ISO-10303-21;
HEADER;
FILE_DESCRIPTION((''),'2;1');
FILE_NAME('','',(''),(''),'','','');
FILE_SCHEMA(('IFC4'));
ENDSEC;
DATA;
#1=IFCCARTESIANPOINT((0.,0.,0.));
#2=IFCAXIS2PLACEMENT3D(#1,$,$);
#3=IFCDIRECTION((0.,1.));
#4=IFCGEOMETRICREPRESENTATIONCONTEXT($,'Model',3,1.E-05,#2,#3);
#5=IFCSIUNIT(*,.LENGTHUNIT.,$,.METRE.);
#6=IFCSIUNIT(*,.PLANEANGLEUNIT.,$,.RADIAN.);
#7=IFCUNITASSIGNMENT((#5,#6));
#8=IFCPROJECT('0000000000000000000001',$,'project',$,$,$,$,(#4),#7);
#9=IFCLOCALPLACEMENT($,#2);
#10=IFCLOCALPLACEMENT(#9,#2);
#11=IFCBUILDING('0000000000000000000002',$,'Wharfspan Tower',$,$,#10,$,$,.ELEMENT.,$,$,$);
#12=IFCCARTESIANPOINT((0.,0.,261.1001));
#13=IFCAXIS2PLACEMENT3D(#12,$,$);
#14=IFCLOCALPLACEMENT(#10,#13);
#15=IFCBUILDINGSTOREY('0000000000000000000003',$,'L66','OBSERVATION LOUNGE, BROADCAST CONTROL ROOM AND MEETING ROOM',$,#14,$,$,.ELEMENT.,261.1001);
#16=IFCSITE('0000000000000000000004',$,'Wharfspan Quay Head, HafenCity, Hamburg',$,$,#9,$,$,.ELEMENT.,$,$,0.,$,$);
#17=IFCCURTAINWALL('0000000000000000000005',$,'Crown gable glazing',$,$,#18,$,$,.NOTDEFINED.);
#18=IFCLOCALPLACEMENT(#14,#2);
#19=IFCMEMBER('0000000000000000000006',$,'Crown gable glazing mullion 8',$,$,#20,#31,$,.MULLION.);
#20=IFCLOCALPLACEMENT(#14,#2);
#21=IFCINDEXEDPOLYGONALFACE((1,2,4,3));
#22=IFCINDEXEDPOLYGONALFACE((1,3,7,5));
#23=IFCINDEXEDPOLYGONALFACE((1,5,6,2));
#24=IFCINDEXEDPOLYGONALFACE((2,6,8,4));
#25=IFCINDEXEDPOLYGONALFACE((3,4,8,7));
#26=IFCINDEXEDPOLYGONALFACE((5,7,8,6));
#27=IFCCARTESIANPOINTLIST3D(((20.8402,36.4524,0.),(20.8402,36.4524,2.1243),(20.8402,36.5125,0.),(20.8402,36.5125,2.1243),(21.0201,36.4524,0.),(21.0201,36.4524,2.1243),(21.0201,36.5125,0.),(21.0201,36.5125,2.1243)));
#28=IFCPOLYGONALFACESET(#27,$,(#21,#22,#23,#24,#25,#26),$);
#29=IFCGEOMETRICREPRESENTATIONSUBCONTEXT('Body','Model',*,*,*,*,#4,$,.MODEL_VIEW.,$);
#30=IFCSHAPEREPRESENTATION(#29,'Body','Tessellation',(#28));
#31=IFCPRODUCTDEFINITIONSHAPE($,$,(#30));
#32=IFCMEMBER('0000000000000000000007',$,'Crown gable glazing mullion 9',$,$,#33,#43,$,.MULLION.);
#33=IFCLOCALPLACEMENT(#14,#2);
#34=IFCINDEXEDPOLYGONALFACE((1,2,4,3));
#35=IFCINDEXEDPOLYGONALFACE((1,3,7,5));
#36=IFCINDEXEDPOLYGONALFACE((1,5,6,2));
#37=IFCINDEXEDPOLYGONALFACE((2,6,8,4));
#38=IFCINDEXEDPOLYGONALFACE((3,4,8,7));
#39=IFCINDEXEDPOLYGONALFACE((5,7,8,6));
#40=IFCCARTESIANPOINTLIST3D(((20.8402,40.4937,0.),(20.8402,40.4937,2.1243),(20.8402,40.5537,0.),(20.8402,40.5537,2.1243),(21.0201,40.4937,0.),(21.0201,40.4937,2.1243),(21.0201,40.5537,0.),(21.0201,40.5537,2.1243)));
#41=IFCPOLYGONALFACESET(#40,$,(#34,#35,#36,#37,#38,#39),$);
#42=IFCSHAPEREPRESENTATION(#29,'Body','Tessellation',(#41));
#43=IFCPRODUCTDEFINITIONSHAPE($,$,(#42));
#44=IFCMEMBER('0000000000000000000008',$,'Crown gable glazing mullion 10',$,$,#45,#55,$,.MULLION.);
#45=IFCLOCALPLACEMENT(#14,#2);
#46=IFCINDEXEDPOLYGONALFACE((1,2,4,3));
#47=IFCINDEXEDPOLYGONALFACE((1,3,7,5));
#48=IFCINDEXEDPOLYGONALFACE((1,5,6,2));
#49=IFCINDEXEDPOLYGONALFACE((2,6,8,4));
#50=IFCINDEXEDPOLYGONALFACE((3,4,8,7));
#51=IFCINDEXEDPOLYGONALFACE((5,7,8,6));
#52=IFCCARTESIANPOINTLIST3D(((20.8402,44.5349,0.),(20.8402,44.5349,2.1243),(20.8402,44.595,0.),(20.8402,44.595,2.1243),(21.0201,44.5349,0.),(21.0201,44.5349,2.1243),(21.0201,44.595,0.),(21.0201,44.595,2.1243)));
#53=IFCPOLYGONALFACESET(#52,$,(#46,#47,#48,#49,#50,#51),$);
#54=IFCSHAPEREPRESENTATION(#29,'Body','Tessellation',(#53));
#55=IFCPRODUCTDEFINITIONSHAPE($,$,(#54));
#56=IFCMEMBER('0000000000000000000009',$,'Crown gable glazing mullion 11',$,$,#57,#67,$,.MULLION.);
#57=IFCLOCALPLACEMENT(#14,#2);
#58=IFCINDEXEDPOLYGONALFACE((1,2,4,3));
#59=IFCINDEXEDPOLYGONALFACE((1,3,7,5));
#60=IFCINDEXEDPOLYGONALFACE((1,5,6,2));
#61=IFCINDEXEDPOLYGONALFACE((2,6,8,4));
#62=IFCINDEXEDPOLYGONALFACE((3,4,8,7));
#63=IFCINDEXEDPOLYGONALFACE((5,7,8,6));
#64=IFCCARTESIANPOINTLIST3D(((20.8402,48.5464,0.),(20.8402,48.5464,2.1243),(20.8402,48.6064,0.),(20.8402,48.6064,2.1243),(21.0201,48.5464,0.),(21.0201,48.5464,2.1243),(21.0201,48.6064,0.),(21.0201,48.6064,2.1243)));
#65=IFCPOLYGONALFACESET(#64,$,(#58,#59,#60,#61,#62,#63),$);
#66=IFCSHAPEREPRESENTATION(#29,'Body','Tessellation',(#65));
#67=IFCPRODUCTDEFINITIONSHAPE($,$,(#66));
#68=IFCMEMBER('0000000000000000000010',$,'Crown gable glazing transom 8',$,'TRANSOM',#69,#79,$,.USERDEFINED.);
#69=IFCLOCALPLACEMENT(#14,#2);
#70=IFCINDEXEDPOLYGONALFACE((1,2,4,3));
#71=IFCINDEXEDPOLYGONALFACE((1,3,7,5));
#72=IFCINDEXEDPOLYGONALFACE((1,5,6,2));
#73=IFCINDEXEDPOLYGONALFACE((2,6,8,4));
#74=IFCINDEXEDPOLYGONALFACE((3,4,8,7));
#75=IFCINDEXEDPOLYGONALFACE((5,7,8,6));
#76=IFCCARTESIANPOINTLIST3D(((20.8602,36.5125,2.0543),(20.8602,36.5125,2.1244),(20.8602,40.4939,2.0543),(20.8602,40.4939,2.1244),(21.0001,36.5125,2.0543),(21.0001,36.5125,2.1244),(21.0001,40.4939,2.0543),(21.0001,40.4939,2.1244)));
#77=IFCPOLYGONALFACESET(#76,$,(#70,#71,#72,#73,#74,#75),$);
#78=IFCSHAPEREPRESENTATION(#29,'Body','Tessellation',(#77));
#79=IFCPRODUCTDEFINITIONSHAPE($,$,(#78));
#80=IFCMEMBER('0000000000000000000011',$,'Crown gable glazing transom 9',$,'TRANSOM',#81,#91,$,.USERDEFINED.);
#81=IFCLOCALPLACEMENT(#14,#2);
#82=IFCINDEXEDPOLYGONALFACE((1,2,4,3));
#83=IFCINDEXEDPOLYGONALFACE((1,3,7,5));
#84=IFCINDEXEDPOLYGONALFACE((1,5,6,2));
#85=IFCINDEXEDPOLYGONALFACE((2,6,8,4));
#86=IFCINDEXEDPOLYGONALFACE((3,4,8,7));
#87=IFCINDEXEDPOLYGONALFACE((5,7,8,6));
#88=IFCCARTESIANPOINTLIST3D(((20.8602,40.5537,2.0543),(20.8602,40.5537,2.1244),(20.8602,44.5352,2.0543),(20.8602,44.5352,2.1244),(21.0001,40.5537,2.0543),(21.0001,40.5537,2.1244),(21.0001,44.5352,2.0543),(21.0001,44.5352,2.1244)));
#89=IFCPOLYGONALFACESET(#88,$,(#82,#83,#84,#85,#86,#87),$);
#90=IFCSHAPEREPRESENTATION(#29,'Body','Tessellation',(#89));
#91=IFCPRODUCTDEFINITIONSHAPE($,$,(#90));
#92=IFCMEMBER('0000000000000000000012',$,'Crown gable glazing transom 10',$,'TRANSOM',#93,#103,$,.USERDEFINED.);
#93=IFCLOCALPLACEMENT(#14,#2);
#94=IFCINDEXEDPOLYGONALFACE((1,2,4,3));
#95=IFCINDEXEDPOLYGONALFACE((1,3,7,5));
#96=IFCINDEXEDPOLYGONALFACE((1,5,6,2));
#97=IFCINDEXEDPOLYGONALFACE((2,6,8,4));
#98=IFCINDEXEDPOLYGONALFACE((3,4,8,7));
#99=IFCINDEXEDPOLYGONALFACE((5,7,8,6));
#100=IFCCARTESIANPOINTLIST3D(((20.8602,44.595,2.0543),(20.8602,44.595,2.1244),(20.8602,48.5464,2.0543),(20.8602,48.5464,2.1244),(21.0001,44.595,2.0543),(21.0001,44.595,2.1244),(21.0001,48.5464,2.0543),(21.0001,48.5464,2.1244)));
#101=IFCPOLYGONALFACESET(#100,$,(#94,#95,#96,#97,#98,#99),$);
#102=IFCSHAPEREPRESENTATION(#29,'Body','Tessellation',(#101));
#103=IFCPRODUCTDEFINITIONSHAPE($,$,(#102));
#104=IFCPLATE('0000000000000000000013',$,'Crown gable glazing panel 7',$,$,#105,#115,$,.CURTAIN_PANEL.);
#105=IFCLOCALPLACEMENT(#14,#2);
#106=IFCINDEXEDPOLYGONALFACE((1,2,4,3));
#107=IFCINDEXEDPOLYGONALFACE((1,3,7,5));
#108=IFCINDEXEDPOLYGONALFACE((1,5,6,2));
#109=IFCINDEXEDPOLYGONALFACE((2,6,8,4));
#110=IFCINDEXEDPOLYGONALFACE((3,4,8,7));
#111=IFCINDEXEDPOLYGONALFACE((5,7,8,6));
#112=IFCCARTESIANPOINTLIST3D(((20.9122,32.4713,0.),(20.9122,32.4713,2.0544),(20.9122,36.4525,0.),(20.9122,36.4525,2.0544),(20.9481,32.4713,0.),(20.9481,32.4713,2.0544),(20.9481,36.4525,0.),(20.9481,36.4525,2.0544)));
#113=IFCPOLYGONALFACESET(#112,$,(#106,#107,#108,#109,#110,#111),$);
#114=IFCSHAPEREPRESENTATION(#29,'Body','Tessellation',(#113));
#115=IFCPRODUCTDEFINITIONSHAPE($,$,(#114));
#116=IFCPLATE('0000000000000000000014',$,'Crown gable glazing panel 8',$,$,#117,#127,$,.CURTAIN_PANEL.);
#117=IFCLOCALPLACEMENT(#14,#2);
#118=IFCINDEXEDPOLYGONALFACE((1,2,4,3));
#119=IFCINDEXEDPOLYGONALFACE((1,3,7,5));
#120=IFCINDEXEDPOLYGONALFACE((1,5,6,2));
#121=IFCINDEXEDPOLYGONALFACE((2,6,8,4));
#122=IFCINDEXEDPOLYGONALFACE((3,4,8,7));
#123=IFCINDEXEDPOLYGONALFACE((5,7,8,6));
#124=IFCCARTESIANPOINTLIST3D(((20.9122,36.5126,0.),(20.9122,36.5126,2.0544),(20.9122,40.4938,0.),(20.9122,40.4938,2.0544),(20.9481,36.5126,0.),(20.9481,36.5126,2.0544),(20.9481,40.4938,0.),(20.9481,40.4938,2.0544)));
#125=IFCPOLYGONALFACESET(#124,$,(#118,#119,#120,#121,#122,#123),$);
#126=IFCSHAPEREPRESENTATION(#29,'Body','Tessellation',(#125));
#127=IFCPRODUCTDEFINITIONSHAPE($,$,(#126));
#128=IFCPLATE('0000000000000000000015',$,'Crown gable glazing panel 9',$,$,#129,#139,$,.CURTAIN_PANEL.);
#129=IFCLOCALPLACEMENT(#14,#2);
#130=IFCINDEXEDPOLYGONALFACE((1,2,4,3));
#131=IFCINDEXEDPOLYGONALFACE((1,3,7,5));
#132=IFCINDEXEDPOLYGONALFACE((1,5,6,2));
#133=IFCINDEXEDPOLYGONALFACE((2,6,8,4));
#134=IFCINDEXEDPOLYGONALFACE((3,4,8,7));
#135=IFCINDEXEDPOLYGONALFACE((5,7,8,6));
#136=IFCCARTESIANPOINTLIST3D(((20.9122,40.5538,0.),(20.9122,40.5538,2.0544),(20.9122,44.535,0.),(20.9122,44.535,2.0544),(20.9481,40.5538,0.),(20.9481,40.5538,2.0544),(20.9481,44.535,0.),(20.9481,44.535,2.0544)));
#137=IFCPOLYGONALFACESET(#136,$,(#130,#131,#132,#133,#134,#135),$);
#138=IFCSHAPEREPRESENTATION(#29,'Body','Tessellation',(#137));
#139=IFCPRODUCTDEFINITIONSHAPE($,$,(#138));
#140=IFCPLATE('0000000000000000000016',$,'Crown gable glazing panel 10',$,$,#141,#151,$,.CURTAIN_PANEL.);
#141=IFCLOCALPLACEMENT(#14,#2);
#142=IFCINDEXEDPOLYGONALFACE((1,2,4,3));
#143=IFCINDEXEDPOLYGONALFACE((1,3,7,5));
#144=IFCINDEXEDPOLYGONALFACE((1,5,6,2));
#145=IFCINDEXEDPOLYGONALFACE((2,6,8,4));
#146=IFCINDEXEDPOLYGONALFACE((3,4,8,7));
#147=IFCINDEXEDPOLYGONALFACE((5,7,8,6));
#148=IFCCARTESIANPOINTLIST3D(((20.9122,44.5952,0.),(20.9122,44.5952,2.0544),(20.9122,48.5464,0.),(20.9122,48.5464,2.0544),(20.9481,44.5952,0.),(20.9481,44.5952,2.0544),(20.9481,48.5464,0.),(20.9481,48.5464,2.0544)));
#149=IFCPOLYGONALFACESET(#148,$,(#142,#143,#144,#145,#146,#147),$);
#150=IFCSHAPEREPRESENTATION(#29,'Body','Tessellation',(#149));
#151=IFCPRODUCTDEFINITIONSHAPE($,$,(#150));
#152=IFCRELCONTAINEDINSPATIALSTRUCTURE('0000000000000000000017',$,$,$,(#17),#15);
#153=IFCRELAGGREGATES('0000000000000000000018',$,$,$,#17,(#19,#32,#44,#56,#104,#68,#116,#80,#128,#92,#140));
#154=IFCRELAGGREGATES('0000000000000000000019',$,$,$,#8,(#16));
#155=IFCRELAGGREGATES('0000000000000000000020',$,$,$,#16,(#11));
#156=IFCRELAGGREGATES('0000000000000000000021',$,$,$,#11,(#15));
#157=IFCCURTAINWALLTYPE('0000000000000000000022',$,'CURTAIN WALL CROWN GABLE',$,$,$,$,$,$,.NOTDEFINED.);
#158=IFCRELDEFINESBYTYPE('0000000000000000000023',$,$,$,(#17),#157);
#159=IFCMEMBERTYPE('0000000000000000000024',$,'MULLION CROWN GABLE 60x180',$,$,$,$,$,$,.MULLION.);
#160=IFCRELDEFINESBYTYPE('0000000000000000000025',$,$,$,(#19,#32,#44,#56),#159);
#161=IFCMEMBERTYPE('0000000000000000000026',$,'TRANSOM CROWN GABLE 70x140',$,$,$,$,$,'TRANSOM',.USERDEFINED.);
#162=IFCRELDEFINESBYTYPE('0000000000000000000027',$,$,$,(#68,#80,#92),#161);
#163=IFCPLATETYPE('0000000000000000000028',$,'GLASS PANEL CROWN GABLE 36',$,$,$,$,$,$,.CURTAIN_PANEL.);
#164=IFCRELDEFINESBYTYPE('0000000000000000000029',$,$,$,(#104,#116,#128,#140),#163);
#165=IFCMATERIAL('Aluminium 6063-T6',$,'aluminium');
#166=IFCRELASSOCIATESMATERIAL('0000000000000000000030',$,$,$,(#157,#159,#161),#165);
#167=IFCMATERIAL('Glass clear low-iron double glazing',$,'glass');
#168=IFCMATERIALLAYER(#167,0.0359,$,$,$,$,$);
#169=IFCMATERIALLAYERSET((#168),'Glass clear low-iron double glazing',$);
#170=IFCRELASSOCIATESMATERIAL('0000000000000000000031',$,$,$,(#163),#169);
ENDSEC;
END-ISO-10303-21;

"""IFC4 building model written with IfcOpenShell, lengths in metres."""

from ifc_helpers import new_model, si_unit, direction, frame, origin, origin_2d, place, context, subcontext, project, spatial, rectangle, extrude, material, layer, layer_set, material_profile, profile_set, type_object, element, aggregate, save


model = new_model("IFC4")

# Units and contexts
model_context = context("Model", 3, precision=1e-05, world=origin(), true_north=direction((0.0, 1.0)))
body_context = subcontext(model_context, "Body", "Model", "MODEL_VIEW")
ifc_project = project(units=[si_unit("LENGTHUNIT", "METRE"), si_unit("PLANEANGLEUNIT", "RADIAN")], contexts=[model_context])

# Site, building, storey
site_placement = place(None, origin())
site = spatial("IfcSite", under=ifc_project, at=site_placement, Name="Wharfspan Quay Head, HafenCity, Hamburg", CompositionType="ELEMENT", RefElevation=0.0)
building_placement = place(site_placement, origin())
building = spatial("IfcBuilding", under=site, at=building_placement, Name="Wharfspan Tower", CompositionType="ELEMENT")
storey_placement = place(building_placement, frame((0.0, 0.0, 261.1001)))
storey = spatial("IfcBuildingStorey", under=building, at=storey_placement, Name="L66", Description="OBSERVATION LOUNGE, BROADCAST CONTROL ROOM AND MEETING ROOM", CompositionType="ELEMENT", Elevation=261.1001)

# Curtain wall, members, plates
ifc_material_1 = material(Name="Aluminium 6063-T6", Category="aluminium")
curtain_wall_type = type_object("IfcCurtainWallType", Name="CURTAIN WALL CROWN GABLE", PredefinedType="NOTDEFINED", material=ifc_material_1)
curtain_wall_placement = place(storey_placement, origin())
curtain_wall = element("IfcCurtainWall", 1, at=curtain_wall_placement, inside=storey, type_object=curtain_wall_type, Name="Crown gable glazing", PredefinedType="NOTDEFINED")
ifc_material_profile_1 = material_profile(ifc_material_1, rectangle(XDim=0.1799, YDim=0.0601, at=origin_2d()))
ifc_profile_set_1 = profile_set([ifc_material_profile_1], Name="Aluminium 6063-T6")
member_type_1 = type_object("IfcMemberType", Name="MULLION CROWN GABLE 60x180", PredefinedType="MULLION", material=ifc_profile_set_1)
member_1_placement = place(storey_placement, frame((20.9302, 36.4824, 0.0), z_axis=(0.0, 0.0, 1.0), x_axis=(-1.0, 0.0, 0.0)))
member_1 = element("IfcMember", 2, at=member_1_placement, type_object=member_type_1, Name="Crown gable glazing mullion 8", PredefinedType="MULLION", context=body_context, shape_type="SweptSolid", body=[
    extrude(rectangle(XDim=0.1799, YDim=0.0601, at=origin_2d()), origin(), (0.0, 0.0, 1.0), 2.1243),
])
member_2_placement = place(storey_placement, frame((20.9302, 40.5237, 0.0), z_axis=(0.0, 0.0, 1.0), x_axis=(-1.0, 0.0, 0.0)))
member_2 = element("IfcMember", 3, at=member_2_placement, type_object=member_type_1, Name="Crown gable glazing mullion 9", PredefinedType="MULLION", context=body_context, shape_type="SweptSolid", body=[
    extrude(rectangle(XDim=0.1799, YDim=0.0601, at=origin_2d()), origin(), (0.0, 0.0, 1.0), 2.1243),
])
member_3_placement = place(storey_placement, frame((20.9302, 44.5649, 0.0), z_axis=(0.0, 0.0, 1.0), x_axis=(-1.0, 0.0, 0.0)))
member_3 = element("IfcMember", 4, at=member_3_placement, type_object=member_type_1, Name="Crown gable glazing mullion 10", PredefinedType="MULLION", context=body_context, shape_type="SweptSolid", body=[
    extrude(rectangle(XDim=0.1799, YDim=0.0601, at=origin_2d()), origin(), (0.0, 0.0, 1.0), 2.1243),
])
member_4_placement = place(storey_placement, frame((20.9302, 48.5764, 0.0), z_axis=(0.0, 0.0, 1.0), x_axis=(-1.0, 0.0, 0.0)))
member_4 = element("IfcMember", 5, at=member_4_placement, type_object=member_type_1, Name="Crown gable glazing mullion 11", PredefinedType="MULLION", context=body_context, shape_type="SweptSolid", body=[
    extrude(rectangle(XDim=0.1799, YDim=0.0601, at=origin_2d()), origin(), (0.0, 0.0, 1.0), 2.1243),
])
ifc_material_profile_2 = material_profile(ifc_material_1, rectangle(XDim=0.1399, YDim=0.0701, at=origin_2d()))
ifc_profile_set_2 = profile_set([ifc_material_profile_2], Name="Aluminium 6063-T6")
member_type_2 = type_object("IfcMemberType", Name="TRANSOM CROWN GABLE 70x140", ElementType="TRANSOM", PredefinedType="USERDEFINED", material=ifc_profile_set_2)
member_5_placement = place(storey_placement, frame((20.9302, 36.5125, 2.0894), z_axis=(0.0, 1.0, 0.0), x_axis=(-1.0, 0.0, 0.0)))
member_5 = element("IfcMember", 6, at=member_5_placement, type_object=member_type_2, Name="Crown gable glazing transom 8", ObjectType="TRANSOM", PredefinedType="USERDEFINED", context=body_context, shape_type="SweptSolid", body=[
    extrude(rectangle(XDim=0.1399, YDim=0.0701, at=origin_2d()), origin(), (0.0, 0.0, 1.0), 3.9814),
])
member_6_placement = place(storey_placement, frame((20.9302, 40.5537, 2.0894), z_axis=(0.0, 1.0, 0.0), x_axis=(-1.0, 0.0, 0.0)))
member_6 = element("IfcMember", 7, at=member_6_placement, type_object=member_type_2, Name="Crown gable glazing transom 9", ObjectType="TRANSOM", PredefinedType="USERDEFINED", context=body_context, shape_type="SweptSolid", body=[
    extrude(rectangle(XDim=0.1399, YDim=0.0701, at=origin_2d()), origin(), (0.0, 0.0, 1.0), 3.9814),
])
member_7_placement = place(storey_placement, frame((20.9302, 44.595, 2.0894), z_axis=(0.0, 1.0, 0.0), x_axis=(-1.0, 0.0, 0.0)))
member_7 = element("IfcMember", 8, at=member_7_placement, type_object=member_type_2, Name="Crown gable glazing transom 10", ObjectType="TRANSOM", PredefinedType="USERDEFINED", context=body_context, shape_type="SweptSolid", body=[
    extrude(rectangle(XDim=0.1399, YDim=0.0701, at=origin_2d()), origin(), (0.0, 0.0, 1.0), 3.9514),
])
ifc_material_2 = material(Name="Glass clear low-iron double glazing", Category="glass")
ifc_layer_1 = layer(ifc_material_2, 0.0359)
ifc_layer_set_1 = layer_set([ifc_layer_1], Name="Glass clear low-iron double glazing")
plate_type = type_object("IfcPlateType", Name="GLASS PANEL CROWN GABLE 36", PredefinedType="CURTAIN_PANEL", material=ifc_layer_set_1)
plate_1_placement = place(storey_placement, frame((20.9302, 34.4619, 0.0), z_axis=(0.0, 0.0, 1.0), x_axis=(0.0, 1.0, 0.0)))
plate_1 = element("IfcPlate", 9, at=plate_1_placement, type_object=plate_type, Name="Crown gable glazing panel 7", PredefinedType="CURTAIN_PANEL", context=body_context, shape_type="SweptSolid", body=[
    extrude(rectangle(XDim=3.9812, YDim=0.0359, at=origin_2d()), origin(), (0.0, 0.0, 1.0), 2.0544),
])
plate_2_placement = place(storey_placement, frame((20.9302, 38.5032, 0.0), z_axis=(0.0, 0.0, 1.0), x_axis=(0.0, 1.0, 0.0)))
plate_2 = element("IfcPlate", 10, at=plate_2_placement, type_object=plate_type, Name="Crown gable glazing panel 8", PredefinedType="CURTAIN_PANEL", context=body_context, shape_type="SweptSolid", body=[
    extrude(rectangle(XDim=3.9812, YDim=0.0359, at=origin_2d()), origin(), (0.0, 0.0, 1.0), 2.0544),
])
plate_3_placement = place(storey_placement, frame((20.9302, 42.5444, 0.0), z_axis=(0.0, 0.0, 1.0), x_axis=(0.0, 1.0, 0.0)))
plate_3 = element("IfcPlate", 11, at=plate_3_placement, type_object=plate_type, Name="Crown gable glazing panel 9", PredefinedType="CURTAIN_PANEL", context=body_context, shape_type="SweptSolid", body=[
    extrude(rectangle(XDim=3.9812, YDim=0.0359, at=origin_2d()), origin(), (0.0, 0.0, 1.0), 2.0544),
])
plate_4_placement = place(storey_placement, frame((20.9302, 46.5708, 0.0), z_axis=(0.0, 0.0, 1.0), x_axis=(0.0, 1.0, 0.0)))
plate_4 = element("IfcPlate", 12, at=plate_4_placement, type_object=plate_type, Name="Crown gable glazing panel 10", PredefinedType="CURTAIN_PANEL", context=body_context, shape_type="SweptSolid", body=[
    extrude(rectangle(XDim=3.9512, YDim=0.0359, at=origin_2d()), origin(), (0.0, 0.0, 1.0), 2.0544),
])
aggregate(curtain_wall, [member_1, member_2, member_3, member_4, plate_1, member_5, plate_2, member_6, plate_3, member_7, plate_4])

save(model, "model.ifc")
